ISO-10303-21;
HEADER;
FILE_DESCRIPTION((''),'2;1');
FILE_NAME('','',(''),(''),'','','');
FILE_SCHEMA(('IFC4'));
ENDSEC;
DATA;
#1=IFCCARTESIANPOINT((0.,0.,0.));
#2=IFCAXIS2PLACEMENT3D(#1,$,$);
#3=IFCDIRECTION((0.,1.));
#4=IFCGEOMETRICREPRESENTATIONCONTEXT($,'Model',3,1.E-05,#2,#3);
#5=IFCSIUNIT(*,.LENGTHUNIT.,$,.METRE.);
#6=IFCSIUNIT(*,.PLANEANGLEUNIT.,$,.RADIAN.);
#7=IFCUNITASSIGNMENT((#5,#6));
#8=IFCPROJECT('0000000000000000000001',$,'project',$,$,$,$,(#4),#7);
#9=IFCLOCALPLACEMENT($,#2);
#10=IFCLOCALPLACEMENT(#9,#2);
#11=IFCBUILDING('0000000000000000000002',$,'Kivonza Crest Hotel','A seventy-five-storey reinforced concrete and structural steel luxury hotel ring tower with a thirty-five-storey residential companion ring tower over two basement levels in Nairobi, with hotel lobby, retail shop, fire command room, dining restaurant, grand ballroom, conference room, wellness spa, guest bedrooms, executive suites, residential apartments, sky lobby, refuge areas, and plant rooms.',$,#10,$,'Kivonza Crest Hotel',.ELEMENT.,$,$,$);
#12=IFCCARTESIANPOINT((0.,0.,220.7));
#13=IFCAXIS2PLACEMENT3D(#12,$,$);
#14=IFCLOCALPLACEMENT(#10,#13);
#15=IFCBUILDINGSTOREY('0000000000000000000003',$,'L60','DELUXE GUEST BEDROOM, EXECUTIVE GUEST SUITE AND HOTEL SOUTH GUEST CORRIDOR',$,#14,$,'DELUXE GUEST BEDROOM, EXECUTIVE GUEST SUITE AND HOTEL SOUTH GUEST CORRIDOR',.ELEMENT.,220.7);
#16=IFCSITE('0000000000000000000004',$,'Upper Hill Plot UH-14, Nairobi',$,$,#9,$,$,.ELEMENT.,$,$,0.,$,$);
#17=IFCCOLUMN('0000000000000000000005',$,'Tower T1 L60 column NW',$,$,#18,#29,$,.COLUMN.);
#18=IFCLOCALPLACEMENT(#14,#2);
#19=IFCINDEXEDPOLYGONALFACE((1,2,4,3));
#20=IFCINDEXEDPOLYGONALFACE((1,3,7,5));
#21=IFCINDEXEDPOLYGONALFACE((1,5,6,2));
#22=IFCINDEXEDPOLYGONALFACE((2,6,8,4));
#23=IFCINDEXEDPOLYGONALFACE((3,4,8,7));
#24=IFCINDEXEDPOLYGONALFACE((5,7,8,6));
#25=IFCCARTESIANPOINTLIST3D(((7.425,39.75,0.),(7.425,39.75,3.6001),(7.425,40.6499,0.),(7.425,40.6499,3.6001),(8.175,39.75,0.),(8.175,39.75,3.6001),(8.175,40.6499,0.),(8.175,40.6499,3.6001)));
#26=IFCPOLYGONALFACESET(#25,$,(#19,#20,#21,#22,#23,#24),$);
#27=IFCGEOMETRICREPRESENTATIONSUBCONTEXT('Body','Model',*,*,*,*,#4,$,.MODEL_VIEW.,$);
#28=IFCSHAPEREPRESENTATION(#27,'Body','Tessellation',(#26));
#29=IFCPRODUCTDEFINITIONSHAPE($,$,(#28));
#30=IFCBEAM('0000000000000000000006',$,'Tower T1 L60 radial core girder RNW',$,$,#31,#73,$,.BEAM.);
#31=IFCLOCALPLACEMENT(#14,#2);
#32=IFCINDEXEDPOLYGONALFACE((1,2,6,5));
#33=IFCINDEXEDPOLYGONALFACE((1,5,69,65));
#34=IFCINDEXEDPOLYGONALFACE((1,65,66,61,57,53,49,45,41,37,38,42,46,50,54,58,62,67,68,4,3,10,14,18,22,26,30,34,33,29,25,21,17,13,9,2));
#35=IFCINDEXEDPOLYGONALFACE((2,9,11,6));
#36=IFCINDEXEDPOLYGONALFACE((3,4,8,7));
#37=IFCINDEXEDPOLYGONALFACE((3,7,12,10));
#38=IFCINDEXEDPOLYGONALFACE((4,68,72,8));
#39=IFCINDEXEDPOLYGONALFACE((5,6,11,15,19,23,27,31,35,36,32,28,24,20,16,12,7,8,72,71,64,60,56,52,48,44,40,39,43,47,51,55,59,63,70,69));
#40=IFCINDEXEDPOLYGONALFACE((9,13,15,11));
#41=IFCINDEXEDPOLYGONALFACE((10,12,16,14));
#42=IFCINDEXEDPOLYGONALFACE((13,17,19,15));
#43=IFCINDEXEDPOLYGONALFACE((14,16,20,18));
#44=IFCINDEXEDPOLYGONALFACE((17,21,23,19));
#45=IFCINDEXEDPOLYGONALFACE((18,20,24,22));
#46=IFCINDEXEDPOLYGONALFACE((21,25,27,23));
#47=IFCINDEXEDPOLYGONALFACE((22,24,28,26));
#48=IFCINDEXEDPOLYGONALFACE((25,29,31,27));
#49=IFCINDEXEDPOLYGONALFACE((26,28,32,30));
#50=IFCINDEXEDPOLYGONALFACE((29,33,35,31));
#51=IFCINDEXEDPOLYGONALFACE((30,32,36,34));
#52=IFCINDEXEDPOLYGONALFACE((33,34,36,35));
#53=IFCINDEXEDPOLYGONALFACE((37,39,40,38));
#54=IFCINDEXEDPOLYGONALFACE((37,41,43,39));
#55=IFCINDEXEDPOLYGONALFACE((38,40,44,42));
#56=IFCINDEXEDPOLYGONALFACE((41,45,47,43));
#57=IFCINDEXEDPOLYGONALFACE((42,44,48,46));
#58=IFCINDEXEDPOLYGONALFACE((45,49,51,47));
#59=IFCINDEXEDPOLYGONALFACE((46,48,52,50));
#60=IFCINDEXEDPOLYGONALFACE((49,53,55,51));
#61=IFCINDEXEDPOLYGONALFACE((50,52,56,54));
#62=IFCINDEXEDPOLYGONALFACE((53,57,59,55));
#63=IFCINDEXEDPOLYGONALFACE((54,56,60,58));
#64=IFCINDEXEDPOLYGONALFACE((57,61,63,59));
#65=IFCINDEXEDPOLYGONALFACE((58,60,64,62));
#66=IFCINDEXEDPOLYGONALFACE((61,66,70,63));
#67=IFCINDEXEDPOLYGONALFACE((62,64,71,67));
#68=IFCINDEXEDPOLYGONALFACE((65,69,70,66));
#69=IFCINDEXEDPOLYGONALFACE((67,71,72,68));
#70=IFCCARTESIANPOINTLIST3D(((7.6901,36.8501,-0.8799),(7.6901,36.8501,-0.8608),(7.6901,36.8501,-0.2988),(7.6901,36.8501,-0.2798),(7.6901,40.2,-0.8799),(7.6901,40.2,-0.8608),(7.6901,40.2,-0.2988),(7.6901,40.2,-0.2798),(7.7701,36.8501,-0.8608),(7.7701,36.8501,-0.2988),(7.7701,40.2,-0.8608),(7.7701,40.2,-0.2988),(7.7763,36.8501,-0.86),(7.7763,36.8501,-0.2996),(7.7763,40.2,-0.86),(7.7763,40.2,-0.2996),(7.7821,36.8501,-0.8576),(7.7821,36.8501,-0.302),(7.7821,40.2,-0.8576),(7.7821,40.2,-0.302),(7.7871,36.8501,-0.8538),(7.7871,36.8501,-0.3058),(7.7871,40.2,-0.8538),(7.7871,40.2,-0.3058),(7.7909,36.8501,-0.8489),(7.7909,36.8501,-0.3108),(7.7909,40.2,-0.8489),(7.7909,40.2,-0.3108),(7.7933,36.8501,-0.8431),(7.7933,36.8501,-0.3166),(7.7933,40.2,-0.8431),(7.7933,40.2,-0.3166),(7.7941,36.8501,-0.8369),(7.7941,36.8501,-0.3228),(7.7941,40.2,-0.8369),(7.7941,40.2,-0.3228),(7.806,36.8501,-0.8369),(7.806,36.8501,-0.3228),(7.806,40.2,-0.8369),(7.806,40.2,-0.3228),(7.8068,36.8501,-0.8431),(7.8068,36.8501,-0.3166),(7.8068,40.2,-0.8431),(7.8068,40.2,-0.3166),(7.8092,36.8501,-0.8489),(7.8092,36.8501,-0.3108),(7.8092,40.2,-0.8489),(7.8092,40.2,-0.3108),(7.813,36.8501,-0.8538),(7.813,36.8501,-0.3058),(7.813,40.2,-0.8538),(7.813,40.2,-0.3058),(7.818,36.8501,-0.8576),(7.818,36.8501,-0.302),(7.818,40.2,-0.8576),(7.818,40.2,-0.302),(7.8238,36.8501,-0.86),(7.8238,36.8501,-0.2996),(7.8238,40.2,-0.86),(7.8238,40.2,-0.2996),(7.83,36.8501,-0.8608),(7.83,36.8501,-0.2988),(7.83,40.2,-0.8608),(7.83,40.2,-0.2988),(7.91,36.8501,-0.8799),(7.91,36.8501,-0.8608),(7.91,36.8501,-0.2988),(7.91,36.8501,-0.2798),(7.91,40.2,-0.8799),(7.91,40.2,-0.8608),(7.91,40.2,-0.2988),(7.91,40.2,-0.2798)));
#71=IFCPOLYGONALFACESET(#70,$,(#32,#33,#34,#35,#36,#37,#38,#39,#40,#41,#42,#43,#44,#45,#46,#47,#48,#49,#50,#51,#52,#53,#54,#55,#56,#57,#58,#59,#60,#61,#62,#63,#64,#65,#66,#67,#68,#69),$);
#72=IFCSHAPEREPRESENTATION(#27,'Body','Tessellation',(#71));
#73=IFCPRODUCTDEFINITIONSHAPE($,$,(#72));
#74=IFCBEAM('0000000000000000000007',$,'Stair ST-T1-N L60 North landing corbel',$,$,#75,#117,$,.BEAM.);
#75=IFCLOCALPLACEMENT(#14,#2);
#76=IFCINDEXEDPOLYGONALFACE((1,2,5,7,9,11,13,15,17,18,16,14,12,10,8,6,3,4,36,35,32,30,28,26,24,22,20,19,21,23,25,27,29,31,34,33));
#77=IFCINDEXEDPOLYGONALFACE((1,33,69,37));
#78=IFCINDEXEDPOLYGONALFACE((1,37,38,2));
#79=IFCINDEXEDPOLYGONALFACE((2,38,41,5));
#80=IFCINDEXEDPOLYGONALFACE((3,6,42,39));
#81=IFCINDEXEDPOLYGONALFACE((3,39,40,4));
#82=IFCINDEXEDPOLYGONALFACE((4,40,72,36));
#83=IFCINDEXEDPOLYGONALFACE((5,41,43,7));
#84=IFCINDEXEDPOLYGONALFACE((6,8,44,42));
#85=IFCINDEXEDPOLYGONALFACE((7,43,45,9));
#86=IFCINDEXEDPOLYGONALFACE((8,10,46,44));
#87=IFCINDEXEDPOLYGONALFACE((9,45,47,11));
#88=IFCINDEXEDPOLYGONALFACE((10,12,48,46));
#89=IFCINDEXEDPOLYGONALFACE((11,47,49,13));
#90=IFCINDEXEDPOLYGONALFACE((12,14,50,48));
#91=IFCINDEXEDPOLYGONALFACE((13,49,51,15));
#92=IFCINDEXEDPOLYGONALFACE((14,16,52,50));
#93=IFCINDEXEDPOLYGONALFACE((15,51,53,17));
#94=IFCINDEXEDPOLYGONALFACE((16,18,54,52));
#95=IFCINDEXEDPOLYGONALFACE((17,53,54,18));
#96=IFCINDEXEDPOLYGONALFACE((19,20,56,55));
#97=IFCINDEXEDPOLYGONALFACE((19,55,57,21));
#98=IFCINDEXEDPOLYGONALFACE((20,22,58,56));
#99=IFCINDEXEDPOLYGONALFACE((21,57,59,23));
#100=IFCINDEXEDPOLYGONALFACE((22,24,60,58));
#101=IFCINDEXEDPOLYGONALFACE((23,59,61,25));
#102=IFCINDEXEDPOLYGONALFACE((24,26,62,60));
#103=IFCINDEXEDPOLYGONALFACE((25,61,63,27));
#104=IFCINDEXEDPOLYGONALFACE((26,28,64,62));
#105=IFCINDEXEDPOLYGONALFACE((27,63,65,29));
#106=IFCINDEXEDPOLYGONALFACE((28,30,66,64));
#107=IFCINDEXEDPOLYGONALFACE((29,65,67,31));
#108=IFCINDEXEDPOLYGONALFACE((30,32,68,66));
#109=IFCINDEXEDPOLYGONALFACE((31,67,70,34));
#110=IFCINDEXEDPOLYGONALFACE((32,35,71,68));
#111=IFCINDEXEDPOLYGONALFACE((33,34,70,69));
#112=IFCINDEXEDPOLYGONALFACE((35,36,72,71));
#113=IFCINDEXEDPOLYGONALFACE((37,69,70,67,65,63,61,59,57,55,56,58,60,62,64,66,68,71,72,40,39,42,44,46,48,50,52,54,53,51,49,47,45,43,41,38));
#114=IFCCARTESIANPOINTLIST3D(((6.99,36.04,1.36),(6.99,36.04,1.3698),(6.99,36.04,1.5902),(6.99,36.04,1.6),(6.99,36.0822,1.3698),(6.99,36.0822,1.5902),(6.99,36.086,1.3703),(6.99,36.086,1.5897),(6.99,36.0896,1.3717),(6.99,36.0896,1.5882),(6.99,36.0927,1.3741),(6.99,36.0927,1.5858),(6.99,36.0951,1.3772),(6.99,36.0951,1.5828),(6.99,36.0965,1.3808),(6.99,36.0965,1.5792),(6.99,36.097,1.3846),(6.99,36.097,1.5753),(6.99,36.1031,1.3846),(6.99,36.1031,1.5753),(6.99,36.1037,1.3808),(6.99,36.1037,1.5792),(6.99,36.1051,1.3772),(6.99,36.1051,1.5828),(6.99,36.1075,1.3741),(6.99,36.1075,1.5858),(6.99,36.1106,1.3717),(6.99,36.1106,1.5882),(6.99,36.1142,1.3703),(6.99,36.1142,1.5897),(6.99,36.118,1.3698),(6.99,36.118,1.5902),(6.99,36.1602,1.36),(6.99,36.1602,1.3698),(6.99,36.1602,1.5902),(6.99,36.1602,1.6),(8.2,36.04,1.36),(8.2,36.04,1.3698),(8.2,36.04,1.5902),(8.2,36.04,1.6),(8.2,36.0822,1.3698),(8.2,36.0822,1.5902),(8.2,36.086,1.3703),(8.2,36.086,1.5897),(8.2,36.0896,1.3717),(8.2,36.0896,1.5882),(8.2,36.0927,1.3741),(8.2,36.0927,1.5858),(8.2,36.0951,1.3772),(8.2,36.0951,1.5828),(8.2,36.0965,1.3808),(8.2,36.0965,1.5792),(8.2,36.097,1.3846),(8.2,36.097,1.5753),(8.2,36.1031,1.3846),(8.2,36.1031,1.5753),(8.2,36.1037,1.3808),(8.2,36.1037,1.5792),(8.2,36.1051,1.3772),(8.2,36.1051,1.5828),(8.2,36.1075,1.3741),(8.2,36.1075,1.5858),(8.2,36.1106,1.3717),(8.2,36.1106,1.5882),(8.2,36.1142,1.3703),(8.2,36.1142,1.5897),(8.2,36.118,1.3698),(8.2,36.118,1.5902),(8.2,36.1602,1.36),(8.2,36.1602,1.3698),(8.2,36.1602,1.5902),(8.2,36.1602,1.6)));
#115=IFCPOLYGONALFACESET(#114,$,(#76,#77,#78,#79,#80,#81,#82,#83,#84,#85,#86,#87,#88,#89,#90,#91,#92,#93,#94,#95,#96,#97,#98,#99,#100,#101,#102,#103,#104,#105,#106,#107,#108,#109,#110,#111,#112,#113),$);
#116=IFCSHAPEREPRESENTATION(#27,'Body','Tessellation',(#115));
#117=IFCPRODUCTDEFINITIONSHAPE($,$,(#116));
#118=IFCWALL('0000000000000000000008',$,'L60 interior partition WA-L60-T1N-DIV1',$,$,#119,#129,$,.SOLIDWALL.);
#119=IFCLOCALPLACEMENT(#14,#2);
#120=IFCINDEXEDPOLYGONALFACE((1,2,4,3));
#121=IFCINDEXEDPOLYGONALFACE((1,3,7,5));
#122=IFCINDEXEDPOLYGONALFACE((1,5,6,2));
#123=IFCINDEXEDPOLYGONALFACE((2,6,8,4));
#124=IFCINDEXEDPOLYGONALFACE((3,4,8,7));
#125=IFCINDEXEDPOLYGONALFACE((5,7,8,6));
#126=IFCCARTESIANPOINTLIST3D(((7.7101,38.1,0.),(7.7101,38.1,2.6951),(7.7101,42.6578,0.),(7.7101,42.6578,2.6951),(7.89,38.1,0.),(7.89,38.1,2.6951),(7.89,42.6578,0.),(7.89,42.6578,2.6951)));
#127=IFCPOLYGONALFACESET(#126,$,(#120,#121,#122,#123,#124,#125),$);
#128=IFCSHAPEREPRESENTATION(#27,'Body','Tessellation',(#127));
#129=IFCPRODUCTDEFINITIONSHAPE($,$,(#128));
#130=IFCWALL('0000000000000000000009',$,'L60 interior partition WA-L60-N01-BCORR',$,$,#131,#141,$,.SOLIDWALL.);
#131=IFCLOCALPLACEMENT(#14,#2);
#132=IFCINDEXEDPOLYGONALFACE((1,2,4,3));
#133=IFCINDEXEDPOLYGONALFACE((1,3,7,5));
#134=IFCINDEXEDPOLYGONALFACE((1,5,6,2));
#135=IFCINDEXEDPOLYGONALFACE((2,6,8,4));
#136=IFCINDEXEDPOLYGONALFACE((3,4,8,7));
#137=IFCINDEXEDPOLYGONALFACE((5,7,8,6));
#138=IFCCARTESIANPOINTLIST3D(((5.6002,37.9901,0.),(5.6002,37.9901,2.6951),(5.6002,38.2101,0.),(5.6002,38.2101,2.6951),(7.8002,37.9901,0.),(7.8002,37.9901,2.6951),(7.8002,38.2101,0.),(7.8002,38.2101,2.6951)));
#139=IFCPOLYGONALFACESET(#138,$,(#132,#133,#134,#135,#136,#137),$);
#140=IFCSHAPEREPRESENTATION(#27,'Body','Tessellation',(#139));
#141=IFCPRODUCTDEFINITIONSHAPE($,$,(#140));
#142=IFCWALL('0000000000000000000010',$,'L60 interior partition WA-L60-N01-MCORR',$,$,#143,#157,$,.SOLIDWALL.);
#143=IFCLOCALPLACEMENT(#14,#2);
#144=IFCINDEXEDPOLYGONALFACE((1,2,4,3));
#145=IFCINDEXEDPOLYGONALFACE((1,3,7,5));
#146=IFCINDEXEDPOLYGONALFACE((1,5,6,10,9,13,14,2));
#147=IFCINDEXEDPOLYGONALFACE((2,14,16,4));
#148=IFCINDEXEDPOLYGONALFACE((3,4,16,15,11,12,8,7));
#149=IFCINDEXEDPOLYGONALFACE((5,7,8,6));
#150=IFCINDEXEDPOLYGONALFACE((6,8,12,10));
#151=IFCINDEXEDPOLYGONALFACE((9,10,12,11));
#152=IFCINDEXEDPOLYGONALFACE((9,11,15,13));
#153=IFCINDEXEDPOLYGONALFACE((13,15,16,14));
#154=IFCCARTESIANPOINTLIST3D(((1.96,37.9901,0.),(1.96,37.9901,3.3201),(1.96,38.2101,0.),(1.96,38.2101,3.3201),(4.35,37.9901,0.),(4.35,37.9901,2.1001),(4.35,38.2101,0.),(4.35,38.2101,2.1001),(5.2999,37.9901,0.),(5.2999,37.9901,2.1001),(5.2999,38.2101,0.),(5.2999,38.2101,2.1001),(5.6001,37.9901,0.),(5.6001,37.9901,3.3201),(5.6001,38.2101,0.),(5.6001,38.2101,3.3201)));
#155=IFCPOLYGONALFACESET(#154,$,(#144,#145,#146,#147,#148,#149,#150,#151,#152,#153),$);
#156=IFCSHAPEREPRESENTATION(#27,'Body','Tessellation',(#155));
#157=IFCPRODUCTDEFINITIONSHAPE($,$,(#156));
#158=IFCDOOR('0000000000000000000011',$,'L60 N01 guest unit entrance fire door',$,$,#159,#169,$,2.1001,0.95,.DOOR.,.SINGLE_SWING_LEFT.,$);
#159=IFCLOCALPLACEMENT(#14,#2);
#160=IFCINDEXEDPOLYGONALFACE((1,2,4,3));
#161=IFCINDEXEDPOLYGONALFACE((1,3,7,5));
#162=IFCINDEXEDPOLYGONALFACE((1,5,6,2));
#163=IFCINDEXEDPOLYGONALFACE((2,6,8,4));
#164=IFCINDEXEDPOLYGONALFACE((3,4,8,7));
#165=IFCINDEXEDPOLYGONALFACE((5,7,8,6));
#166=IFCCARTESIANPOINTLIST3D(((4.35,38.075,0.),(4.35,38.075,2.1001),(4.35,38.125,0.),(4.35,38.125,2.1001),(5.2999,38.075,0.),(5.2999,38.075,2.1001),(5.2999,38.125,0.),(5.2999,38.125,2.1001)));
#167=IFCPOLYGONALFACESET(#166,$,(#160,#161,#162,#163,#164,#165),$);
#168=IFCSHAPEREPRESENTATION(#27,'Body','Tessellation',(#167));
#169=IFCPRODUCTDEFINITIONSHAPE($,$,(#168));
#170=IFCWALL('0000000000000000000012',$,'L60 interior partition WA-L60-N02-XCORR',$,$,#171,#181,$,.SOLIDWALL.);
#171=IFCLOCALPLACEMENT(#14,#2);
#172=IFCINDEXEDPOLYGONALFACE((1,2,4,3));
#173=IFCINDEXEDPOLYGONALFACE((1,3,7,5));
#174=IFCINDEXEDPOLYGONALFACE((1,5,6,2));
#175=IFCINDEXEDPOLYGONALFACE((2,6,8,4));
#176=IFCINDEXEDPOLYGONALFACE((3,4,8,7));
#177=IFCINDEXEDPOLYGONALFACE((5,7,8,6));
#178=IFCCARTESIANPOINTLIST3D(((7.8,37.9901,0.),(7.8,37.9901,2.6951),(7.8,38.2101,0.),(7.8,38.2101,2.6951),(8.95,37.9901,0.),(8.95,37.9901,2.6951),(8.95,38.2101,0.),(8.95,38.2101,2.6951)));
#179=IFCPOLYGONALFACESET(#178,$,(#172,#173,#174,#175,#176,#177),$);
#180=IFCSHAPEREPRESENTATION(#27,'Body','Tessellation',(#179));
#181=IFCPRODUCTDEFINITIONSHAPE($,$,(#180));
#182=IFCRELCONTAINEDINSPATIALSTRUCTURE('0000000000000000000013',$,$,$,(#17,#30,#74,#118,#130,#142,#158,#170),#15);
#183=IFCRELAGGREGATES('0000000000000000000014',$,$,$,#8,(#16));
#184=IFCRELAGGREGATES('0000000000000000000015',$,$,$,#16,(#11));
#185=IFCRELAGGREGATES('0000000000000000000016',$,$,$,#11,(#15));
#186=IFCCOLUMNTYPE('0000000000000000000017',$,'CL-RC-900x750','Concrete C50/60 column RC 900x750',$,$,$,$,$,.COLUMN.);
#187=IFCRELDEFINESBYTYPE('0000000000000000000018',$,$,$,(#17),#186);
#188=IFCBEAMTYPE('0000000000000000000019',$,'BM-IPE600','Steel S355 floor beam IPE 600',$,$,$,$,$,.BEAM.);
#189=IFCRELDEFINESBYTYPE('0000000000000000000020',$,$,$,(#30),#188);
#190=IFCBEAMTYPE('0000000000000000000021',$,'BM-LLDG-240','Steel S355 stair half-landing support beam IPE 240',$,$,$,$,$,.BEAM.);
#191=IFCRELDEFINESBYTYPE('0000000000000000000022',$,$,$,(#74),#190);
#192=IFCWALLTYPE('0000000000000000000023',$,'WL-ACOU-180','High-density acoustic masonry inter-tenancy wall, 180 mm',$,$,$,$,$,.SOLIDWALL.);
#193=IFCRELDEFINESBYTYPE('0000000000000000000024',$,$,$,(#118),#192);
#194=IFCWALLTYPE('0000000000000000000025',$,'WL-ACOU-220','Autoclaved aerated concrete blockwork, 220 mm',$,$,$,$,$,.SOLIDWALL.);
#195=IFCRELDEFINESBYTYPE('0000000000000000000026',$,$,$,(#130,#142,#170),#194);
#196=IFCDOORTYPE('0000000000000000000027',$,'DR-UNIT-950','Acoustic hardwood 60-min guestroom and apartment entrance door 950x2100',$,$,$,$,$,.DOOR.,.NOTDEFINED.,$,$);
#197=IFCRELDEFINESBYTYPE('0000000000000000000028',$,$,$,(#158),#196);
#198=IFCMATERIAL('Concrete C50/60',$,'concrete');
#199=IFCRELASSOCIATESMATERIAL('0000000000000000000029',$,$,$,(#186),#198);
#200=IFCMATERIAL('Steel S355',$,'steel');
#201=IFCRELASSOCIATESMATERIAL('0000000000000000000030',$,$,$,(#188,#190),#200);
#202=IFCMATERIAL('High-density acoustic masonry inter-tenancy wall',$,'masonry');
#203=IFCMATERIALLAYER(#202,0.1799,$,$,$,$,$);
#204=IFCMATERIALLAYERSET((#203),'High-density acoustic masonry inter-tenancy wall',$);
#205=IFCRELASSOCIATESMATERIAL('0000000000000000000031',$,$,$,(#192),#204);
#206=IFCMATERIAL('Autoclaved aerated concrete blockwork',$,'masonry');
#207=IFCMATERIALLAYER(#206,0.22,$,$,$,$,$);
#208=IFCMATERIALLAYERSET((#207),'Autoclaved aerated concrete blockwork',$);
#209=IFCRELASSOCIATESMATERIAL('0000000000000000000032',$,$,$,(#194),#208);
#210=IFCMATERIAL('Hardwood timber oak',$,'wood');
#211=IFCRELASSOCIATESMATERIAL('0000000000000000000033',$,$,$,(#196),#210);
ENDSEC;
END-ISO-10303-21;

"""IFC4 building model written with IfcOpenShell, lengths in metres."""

from ifc_helpers import new_model, si_unit, direction, frame, frame_2d, origin, origin_2d, place, context, subcontext, project, spatial, rectangle, i_section, extrude, material, layer, layer_set, material_profile, profile_set, type_object, element, fill, save


model = new_model("IFC4")

# Units and contexts
model_context = context("Model", 3, precision=1e-05, world=origin(), true_north=direction((0.0, 1.0)))
body_context = subcontext(model_context, "Body", "Model", "MODEL_VIEW")
ifc_project = project(units=[si_unit("LENGTHUNIT", "METRE"), si_unit("PLANEANGLEUNIT", "RADIAN")], contexts=[model_context])

# Site, building, storey
site_placement = place(None, origin())
site = spatial("IfcSite", under=ifc_project, at=site_placement, Name="Upper Hill Plot UH-14, Nairobi", CompositionType="ELEMENT", RefElevation=0.0)
building_placement = place(site_placement, origin())
building = spatial("IfcBuilding", under=site, at=building_placement, Name="Kivonza Crest Hotel", Description="A seventy-five-storey reinforced concrete and structural steel luxury hotel ring tower with a thirty-five-storey residential companion ring tower over two basement levels in Nairobi, with hotel lobby, retail shop, fire command room, dining restaurant, grand ballroom, conference room, wellness spa, guest bedrooms, executive suites, residential apartments, sky lobby, refuge areas, and plant rooms.", LongName="Kivonza Crest Hotel", CompositionType="ELEMENT")
storey_placement = place(building_placement, frame((0.0, 0.0, 220.7)))
storey = spatial("IfcBuildingStorey", under=building, at=storey_placement, Name="L60", Description="DELUXE GUEST BEDROOM, EXECUTIVE GUEST SUITE AND HOTEL SOUTH GUEST CORRIDOR", LongName="DELUXE GUEST BEDROOM, EXECUTIVE GUEST SUITE AND HOTEL SOUTH GUEST CORRIDOR", CompositionType="ELEMENT", Elevation=220.7)

# Column
ifc_material_1 = material(Name="Concrete C50/60", Category="concrete")
ifc_material_profile_1 = material_profile(ifc_material_1, rectangle(XDim=0.75, YDim=0.8999, at=origin_2d()), Name="RC 900x750")
ifc_profile_set_1 = profile_set([ifc_material_profile_1], Name="Concrete C50/60")
column_type = type_object("IfcColumnType", Name="CL-RC-900x750", Description="Concrete C50/60 column RC 900x750", PredefinedType="COLUMN", material=ifc_profile_set_1)
column_placement = place(storey_placement, frame((7.8, 40.2, 0.0), z_axis=(0.0, 0.0, 1.0), x_axis=(1.0, 0.0, 0.0)))
element("IfcColumn", 1, at=column_placement, inside=storey, type_object=column_type, Name="Tower T1 L60 column NW", PredefinedType="COLUMN", context=body_context, shape_type="SweptSolid", body=[
    extrude(rectangle(XDim=0.75, YDim=0.8999, at=origin_2d()), origin(), (0.0, 0.0, 1.0), 3.6001),
])

# Beams
ifc_material_2 = material(Name="Steel S355", Category="steel")
ifc_material_profile_2 = material_profile(ifc_material_2, i_section(OverallWidth=0.22, OverallDepth=0.6001, WebThickness=0.012, FlangeThickness=0.019, FilletRadius=0.0239, at=origin_2d()), Name="IPE 600")
ifc_profile_set_2 = profile_set([ifc_material_profile_2], Name="Steel S355")
beam_type_1 = type_object("IfcBeamType", Name="BM-IPE600", Description="Steel S355 floor beam IPE 600", PredefinedType="BEAM", material=ifc_profile_set_2)
beam_1_placement = place(storey_placement, frame((7.8, 40.2, -0.5798), z_axis=(0.0, -1.0, 0.0), x_axis=(1.0, 0.0, 0.0)))
element("IfcBeam", 2, at=beam_1_placement, inside=storey, type_object=beam_type_1, Name="Tower T1 L60 radial core girder RNW", PredefinedType="BEAM", context=body_context, shape_type="SweptSolid", body=[
    extrude(i_section(OverallWidth=0.22, OverallDepth=0.6001, WebThickness=0.012, FlangeThickness=0.019, FilletRadius=0.0239, at=origin_2d()), origin(), (0.0, 0.0, 1.0), 3.3499),
])
ifc_material_profile_3 = material_profile(ifc_material_2, i_section(OverallWidth=0.1201, OverallDepth=0.24, WebThickness=0.0061, FlangeThickness=0.0098, FilletRadius=0.0149, at=origin_2d()), Name="IPE 240")
ifc_profile_set_3 = profile_set([ifc_material_profile_3], Name="Steel S355")
beam_type_2 = type_object("IfcBeamType", Name="BM-LLDG-240", Description="Steel S355 stair half-landing support beam IPE 240", PredefinedType="BEAM", material=ifc_profile_set_3)
beam_2_placement = place(storey_placement, frame((6.99, 36.1001, 1.48), z_axis=(1.0, 0.0, 0.0), x_axis=(0.0, 1.0, 0.0)))
element("IfcBeam", 3, at=beam_2_placement, inside=storey, type_object=beam_type_2, Name="Stair ST-T1-N L60 North landing corbel", PredefinedType="BEAM", context=body_context, shape_type="SweptSolid", body=[
    extrude(i_section(OverallWidth=0.1201, OverallDepth=0.24, WebThickness=0.0061, FlangeThickness=0.0098, FilletRadius=0.0149, at=origin_2d()), origin(), (0.0, 0.0, 1.0), 1.21),
])

# Walls
ifc_material_3 = material(Name="High-density acoustic masonry inter-tenancy wall", Category="masonry")
ifc_layer_1 = layer(ifc_material_3, 0.1799)
ifc_layer_set_1 = layer_set([ifc_layer_1], Name="High-density acoustic masonry inter-tenancy wall")
wall_type_1 = type_object("IfcWallType", Name="WL-ACOU-180", Description="High-density acoustic masonry inter-tenancy wall, 180 mm", PredefinedType="SOLIDWALL", material=ifc_layer_set_1)
wall_1_placement = place(storey_placement, frame((7.8, 38.1001, 0.0), z_axis=(0.0, 0.0, 1.0), x_axis=(0.0, 1.0, 0.0)))
element("IfcWall", 4, at=wall_1_placement, inside=storey, type_object=wall_type_1, Name="L60 interior partition WA-L60-T1N-DIV1", PredefinedType="SOLIDWALL", context=body_context, shape_type="SweptSolid", body=[
    extrude(rectangle(XDim=4.5579, YDim=0.1799, at=frame_2d((2.2788, 0.0))), origin(), (0.0, 0.0, 1.0), 2.6951),
])
ifc_material_4 = material(Name="Autoclaved aerated concrete blockwork", Category="masonry")
ifc_layer_2 = layer(ifc_material_4, 0.22)
ifc_layer_set_2 = layer_set([ifc_layer_2], Name="Autoclaved aerated concrete blockwork")
wall_type_2 = type_object("IfcWallType", Name="WL-ACOU-220", Description="Autoclaved aerated concrete blockwork, 220 mm", PredefinedType="SOLIDWALL", material=ifc_layer_set_2)
wall_2_placement = place(storey_placement, frame((5.6001, 38.1001, 0.0), z_axis=(0.0, 0.0, 1.0), x_axis=(1.0, 0.0, 0.0)))
element("IfcWall", 5, at=wall_2_placement, inside=storey, type_object=wall_type_2, Name="L60 interior partition WA-L60-N01-BCORR", PredefinedType="SOLIDWALL", context=body_context, shape_type="SweptSolid", body=[
    extrude(rectangle(XDim=2.2, YDim=0.22, at=frame_2d((1.1001, 0.0))), origin(), (0.0, 0.0, 1.0), 2.6951),
])

# Wall, opening, door
wall_3_placement = place(storey_placement, frame((1.96, 38.1001, 0.0), z_axis=(0.0, 0.0, 1.0), x_axis=(1.0, 0.0, 0.0)))
wall_3 = element("IfcWall", 6, at=wall_3_placement, inside=storey, type_object=wall_type_2, Name="L60 interior partition WA-L60-N01-MCORR", PredefinedType="SOLIDWALL", context=body_context, shape_type="SweptSolid", body=[
    extrude(rectangle(XDim=3.6401, YDim=0.22, at=frame_2d((1.8201, 0.0))), origin(), (0.0, 0.0, 1.0), 3.3201),
])
opening_1_placement = place(wall_3_placement, frame((2.3899, 0.0, 0.0)))
opening_1 = element("IfcOpeningElement", 7, at=opening_1_placement, cuts=wall_3, PredefinedType="OPENING", context=body_context, shape_type="SweptSolid", body=[
    extrude(rectangle(XDim=0.95, YDim=2.1001, at=frame_2d((0.4751, 1.05))), frame((0.0, 0.1201, 0.0), z_axis=(0.0, -1.0, 0.0), x_axis=(1.0, 0.0, 0.0)), (0.0, 0.0, 1.0), 0.24),
])
ifc_material_5 = material(Name="Hardwood timber oak", Category="wood")
door_type_1 = type_object("IfcDoorType", Name="DR-UNIT-950", Description="Acoustic hardwood 60-min guestroom and apartment entrance door 950x2100", OperationType="NOTDEFINED", PredefinedType="DOOR", material=ifc_material_5)
door_1_placement = place(opening_1_placement, origin())
door_1 = element("IfcDoor", 8, at=door_1_placement, inside=storey, type_object=door_type_1, Name="L60 N01 guest unit entrance fire door", OperationType="SINGLE_SWING_LEFT", OverallHeight=2.1001, OverallWidth=0.95, PredefinedType="DOOR", context=body_context, shape_type="SweptSolid", body=[
    extrude(rectangle(XDim=0.95, YDim=2.1001, at=frame_2d((0.4751, 1.05))), frame((0.0, 0.0249, 0.0), z_axis=(0.0, -1.0, 0.0), x_axis=(1.0, 0.0, 0.0)), (0.0, 0.0, 1.0), 0.05),
])
fill(opening_1, door_1)

# Wall
wall_4_placement = place(storey_placement, frame((7.8, 38.1001, 0.0), z_axis=(0.0, 0.0, 1.0), x_axis=(1.0, 0.0, 0.0)))
element("IfcWall", 9, at=wall_4_placement, inside=storey, type_object=wall_type_2, Name="L60 interior partition WA-L60-N02-XCORR", PredefinedType="SOLIDWALL", context=body_context, shape_type="SweptSolid", body=[
    extrude(rectangle(XDim=1.1499, YDim=0.22, at=frame_2d((0.575, 0.0))), origin(), (0.0, 0.0, 1.0), 2.6951),
])

save(model, "model.ifc")
